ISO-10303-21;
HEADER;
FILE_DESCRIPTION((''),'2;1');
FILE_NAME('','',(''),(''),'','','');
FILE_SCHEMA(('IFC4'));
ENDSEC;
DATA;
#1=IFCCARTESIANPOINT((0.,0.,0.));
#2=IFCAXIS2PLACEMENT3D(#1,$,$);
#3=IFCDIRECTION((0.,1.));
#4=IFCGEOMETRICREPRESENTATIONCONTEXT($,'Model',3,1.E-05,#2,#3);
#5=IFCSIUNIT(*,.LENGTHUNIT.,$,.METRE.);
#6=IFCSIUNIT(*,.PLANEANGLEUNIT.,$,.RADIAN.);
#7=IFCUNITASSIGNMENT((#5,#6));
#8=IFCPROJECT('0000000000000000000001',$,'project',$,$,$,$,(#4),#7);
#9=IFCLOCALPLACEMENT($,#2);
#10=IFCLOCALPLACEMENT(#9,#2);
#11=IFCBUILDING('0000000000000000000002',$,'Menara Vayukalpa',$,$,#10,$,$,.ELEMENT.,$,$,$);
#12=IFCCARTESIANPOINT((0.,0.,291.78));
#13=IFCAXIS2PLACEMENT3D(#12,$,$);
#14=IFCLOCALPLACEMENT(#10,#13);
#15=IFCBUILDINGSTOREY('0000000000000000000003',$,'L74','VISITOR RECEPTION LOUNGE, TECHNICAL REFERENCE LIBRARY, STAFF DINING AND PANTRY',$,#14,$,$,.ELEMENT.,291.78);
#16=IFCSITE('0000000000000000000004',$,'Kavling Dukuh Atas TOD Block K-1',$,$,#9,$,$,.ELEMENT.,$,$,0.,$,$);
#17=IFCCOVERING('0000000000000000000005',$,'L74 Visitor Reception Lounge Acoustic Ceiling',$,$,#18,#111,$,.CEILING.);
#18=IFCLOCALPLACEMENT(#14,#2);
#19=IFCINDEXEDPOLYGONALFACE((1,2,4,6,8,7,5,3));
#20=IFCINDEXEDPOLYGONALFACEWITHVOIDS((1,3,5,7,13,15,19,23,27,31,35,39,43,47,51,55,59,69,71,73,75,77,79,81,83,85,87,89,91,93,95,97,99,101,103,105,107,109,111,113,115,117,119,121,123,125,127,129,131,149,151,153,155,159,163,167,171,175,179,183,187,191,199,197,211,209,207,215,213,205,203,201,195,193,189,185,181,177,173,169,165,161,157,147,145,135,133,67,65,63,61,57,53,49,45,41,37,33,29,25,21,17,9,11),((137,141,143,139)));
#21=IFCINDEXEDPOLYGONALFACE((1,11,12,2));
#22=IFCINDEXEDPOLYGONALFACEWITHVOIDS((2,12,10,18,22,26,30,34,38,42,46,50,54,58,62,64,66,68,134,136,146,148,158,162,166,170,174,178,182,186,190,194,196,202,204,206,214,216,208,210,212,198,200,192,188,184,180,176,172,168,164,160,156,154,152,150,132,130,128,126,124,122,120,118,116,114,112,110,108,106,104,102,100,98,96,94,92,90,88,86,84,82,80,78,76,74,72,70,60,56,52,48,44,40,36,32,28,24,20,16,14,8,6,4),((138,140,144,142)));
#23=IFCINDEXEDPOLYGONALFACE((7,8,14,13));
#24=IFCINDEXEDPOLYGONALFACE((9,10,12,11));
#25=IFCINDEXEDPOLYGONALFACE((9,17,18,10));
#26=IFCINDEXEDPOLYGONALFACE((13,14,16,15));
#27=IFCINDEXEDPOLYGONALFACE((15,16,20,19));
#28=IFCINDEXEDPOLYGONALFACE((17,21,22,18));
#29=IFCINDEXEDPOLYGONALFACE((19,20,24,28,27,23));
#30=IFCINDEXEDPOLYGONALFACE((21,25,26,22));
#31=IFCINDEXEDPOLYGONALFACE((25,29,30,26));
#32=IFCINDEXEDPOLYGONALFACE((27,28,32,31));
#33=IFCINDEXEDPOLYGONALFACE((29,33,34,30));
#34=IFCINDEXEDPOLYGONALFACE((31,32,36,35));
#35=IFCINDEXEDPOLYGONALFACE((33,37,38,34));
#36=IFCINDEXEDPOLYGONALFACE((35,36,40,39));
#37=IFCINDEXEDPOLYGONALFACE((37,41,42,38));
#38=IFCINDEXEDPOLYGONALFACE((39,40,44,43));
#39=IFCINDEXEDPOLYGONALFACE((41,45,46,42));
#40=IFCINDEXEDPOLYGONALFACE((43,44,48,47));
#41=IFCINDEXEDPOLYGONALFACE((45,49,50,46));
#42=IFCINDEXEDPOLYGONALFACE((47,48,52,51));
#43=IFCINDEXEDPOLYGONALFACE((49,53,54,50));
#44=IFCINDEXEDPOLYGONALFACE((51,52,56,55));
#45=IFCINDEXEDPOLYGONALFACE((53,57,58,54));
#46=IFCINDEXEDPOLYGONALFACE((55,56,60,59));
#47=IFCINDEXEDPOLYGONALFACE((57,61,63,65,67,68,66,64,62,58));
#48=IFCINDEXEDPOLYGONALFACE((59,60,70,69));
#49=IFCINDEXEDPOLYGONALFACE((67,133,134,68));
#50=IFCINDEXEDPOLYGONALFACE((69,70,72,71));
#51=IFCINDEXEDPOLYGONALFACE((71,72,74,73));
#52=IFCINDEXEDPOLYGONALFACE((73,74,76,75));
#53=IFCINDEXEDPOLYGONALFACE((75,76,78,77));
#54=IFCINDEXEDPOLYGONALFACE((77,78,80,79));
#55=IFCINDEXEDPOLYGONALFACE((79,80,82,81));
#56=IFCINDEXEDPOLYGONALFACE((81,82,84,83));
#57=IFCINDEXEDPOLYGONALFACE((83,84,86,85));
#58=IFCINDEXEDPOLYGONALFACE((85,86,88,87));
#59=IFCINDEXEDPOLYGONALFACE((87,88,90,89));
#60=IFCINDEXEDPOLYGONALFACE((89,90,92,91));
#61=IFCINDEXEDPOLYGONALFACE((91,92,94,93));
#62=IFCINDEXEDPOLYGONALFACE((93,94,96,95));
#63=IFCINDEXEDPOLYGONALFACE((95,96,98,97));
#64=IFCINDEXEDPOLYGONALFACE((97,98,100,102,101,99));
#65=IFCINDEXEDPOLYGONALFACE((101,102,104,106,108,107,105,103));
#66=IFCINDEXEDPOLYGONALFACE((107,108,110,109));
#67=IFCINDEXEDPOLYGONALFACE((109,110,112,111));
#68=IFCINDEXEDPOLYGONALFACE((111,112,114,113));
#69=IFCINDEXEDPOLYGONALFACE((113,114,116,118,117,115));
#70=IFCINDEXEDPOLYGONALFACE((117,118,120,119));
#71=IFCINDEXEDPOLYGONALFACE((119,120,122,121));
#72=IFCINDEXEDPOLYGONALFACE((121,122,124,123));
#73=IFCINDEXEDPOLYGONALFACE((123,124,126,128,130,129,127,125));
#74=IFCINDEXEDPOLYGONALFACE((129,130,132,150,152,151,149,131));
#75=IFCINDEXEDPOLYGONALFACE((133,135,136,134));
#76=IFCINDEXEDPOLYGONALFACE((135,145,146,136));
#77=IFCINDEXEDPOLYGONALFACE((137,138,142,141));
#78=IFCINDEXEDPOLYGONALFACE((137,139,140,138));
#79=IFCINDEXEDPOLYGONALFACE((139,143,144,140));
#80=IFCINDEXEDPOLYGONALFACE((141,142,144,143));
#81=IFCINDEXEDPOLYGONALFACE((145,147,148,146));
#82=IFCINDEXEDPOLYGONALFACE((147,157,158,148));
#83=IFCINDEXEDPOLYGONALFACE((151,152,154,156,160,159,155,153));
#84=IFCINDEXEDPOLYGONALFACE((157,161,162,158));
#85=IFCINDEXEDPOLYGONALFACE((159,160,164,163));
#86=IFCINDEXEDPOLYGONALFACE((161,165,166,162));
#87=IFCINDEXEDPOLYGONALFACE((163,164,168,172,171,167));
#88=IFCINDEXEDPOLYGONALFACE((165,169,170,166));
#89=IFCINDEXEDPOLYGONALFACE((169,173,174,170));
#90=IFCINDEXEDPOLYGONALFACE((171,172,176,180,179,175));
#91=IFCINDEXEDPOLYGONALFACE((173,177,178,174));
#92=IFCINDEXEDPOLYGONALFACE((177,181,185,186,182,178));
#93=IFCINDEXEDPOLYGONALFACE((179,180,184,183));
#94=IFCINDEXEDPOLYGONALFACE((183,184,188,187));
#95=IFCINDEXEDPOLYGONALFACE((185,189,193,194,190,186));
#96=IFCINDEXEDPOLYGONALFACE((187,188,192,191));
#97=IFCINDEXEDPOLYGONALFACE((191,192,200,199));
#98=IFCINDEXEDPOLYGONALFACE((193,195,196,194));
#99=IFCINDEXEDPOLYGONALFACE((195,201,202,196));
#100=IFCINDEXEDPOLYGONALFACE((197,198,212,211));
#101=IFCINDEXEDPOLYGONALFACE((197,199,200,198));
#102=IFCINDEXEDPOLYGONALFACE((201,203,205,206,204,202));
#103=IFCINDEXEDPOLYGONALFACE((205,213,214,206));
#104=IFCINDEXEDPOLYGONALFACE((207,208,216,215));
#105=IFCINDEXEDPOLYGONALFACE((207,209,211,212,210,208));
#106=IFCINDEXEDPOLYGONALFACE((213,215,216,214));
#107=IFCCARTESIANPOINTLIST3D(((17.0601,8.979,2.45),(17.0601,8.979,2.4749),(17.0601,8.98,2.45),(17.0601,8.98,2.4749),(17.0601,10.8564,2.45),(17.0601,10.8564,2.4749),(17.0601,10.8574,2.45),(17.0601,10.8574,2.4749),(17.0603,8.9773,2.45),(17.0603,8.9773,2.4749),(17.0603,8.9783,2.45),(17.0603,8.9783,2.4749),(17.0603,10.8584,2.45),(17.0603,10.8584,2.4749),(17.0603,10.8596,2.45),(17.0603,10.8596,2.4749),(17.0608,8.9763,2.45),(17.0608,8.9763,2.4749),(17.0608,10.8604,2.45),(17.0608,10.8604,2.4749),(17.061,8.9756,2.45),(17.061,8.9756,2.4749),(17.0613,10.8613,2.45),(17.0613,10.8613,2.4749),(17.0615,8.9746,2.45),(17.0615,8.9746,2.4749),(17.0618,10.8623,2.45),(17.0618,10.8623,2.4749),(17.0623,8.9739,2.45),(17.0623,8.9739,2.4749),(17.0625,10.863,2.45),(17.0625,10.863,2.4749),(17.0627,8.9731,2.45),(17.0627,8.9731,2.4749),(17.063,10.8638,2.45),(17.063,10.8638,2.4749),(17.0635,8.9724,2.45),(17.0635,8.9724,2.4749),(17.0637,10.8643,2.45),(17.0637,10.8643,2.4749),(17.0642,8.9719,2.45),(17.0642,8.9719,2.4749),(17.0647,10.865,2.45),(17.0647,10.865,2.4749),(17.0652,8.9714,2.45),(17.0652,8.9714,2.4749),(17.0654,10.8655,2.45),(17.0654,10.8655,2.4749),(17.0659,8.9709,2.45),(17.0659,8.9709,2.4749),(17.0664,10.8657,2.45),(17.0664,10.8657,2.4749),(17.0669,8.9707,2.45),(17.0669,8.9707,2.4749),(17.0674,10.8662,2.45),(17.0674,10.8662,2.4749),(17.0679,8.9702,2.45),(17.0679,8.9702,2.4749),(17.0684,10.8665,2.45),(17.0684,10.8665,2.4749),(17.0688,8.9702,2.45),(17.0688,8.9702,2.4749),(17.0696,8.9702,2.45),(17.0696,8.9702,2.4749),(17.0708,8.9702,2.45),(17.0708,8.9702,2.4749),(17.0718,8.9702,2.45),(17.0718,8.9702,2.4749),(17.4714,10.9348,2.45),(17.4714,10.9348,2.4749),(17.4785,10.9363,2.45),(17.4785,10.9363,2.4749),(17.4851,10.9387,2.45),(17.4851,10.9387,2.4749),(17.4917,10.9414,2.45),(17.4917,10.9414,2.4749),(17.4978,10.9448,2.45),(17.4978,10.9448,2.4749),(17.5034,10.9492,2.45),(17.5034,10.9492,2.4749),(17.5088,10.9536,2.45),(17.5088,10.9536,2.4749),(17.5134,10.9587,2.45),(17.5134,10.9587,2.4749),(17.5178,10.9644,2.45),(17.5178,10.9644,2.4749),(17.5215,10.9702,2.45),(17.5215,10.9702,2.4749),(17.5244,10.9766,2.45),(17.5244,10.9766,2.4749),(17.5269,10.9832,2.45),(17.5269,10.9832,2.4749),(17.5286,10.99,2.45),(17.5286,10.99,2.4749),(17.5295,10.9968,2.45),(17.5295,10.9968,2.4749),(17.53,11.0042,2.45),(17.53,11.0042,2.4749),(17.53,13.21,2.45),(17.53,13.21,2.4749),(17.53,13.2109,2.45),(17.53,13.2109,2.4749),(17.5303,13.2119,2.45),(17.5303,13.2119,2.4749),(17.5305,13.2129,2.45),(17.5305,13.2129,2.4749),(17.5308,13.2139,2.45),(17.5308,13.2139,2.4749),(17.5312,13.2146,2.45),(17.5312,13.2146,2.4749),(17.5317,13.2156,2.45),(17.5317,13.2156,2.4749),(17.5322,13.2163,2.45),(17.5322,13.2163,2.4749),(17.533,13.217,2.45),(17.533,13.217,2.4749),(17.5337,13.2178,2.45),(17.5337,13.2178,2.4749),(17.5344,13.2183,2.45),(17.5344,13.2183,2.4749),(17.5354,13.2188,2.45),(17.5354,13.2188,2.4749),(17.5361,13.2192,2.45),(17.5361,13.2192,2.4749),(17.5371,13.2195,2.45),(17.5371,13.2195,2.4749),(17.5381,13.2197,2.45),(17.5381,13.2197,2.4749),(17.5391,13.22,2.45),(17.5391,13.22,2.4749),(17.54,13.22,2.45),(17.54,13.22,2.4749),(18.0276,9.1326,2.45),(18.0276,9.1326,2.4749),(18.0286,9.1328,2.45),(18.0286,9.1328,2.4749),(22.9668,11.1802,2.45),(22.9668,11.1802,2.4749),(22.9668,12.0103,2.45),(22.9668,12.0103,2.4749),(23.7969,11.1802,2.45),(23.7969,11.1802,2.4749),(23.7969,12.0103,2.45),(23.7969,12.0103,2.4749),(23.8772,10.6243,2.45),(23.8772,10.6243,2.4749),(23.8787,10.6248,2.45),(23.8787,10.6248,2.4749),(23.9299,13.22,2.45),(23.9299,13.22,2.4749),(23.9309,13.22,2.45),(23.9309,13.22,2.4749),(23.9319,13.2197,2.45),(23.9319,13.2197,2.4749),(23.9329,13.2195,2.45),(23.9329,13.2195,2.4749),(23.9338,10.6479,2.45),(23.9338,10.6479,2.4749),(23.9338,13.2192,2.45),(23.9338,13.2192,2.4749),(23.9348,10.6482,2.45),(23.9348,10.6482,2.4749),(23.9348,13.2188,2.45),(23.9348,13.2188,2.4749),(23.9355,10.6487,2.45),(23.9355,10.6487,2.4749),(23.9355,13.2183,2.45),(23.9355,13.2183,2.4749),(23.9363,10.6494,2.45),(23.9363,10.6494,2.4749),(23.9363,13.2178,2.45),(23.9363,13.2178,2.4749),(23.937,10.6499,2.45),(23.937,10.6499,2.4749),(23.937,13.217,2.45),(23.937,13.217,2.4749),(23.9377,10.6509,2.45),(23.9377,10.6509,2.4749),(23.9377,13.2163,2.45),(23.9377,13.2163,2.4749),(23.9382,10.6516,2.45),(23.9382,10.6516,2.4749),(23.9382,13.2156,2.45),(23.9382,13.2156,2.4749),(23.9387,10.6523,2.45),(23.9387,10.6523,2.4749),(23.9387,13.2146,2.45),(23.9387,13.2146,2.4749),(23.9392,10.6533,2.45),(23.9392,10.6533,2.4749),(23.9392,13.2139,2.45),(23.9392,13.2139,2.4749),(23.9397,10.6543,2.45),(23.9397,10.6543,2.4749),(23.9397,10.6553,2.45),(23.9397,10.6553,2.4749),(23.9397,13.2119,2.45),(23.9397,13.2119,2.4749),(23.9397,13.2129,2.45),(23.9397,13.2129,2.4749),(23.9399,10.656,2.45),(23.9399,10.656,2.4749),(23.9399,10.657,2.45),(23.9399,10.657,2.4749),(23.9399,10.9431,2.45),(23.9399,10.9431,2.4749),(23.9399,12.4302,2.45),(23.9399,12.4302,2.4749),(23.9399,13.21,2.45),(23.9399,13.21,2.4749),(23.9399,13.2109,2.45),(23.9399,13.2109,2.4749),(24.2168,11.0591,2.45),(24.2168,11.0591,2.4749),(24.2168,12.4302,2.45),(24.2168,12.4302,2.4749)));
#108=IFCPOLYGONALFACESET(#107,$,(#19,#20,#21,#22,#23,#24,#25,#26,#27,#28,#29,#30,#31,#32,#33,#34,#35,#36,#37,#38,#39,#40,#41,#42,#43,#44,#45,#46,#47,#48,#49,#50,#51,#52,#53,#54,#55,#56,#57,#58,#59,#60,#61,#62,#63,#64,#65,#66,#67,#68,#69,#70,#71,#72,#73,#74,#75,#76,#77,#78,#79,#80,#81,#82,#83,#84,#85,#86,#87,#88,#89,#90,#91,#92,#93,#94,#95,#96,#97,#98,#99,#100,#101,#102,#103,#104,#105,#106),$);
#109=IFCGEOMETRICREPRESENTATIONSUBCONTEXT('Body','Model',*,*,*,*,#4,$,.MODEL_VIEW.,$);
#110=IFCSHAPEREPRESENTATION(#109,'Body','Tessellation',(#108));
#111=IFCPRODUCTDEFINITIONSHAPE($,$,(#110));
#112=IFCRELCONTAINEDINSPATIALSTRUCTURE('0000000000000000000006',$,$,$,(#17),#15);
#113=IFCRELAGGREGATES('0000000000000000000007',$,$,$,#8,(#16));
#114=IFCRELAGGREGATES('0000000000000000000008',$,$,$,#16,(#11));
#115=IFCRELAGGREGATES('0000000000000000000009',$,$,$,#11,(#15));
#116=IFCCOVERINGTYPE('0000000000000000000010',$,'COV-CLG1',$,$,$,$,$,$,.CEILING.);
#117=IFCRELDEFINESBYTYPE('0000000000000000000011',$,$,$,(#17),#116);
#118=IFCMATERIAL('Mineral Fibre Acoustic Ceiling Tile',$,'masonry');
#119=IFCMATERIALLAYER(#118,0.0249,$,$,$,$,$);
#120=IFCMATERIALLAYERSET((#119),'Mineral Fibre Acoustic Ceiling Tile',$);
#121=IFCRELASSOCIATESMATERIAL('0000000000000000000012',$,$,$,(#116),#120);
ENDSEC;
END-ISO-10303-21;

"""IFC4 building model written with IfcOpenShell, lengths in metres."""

from ifc_helpers import new_model, si_unit, direction, frame, origin, place, context, subcontext, project, spatial, polyline, outline, extrude, material, layer, layer_set, type_object, element, save


model = new_model("IFC4")

# Units and contexts
model_context = context("Model", 3, precision=1e-05, world=origin(), true_north=direction((0.0, 1.0)))
body_context = subcontext(model_context, "Body", "Model", "MODEL_VIEW")
ifc_project = project(units=[si_unit("LENGTHUNIT", "METRE"), si_unit("PLANEANGLEUNIT", "RADIAN")], contexts=[model_context])

# Site, building, storey
site_placement = place(None, origin())
site = spatial("IfcSite", under=ifc_project, at=site_placement, Name="Kavling Dukuh Atas TOD Block K-1", CompositionType="ELEMENT", RefElevation=0.0)
building_placement = place(site_placement, origin())
building = spatial("IfcBuilding", under=site, at=building_placement, Name="Menara Vayukalpa", CompositionType="ELEMENT")
storey_placement = place(building_placement, frame((0.0, 0.0, 291.78)))
storey = spatial("IfcBuildingStorey", under=building, at=storey_placement, Name="L74", Description="VISITOR RECEPTION LOUNGE, TECHNICAL REFERENCE LIBRARY, STAFF DINING AND PANTRY", CompositionType="ELEMENT", Elevation=291.78)

# Covering
ifc_material_1 = material(Name="Mineral Fibre Acoustic Ceiling Tile", Category="masonry")
ifc_layer_1 = layer(ifc_material_1, 0.0249)
ifc_layer_set_1 = layer_set([ifc_layer_1], Name="Mineral Fibre Acoustic Ceiling Tile")
covering_type_1 = type_object("IfcCoveringType", Name="COV-CLG1", PredefinedType="CEILING", material=ifc_layer_set_1)
covering_1_placement = place(storey_placement, frame((0.0, 0.0, 2.45)))
element("IfcCovering", 1, at=covering_1_placement, inside=storey, type_object=covering_type_1, Name="L74 Visitor Reception Lounge Acoustic Ceiling", PredefinedType="CEILING", context=body_context, shape_type="SweptSolid", body=[
    extrude(outline(polyline([(18.0286, 9.1328), (18.0276, 9.1326), (17.0718, 8.9702), (17.0708, 8.9702), (17.0696, 8.9702), (17.0688, 8.9702), (17.0679, 8.9702), (17.0669, 8.9707), (17.0659, 8.9709), (17.0652, 8.9714), (17.0642, 8.9719), (17.0635, 8.9724), (17.0627, 8.9731), (17.0623, 8.9739), (17.0615, 8.9746), (17.061, 8.9756), (17.0608, 8.9763), (17.0603, 8.9773), (17.0603, 8.9783), (17.0601, 8.979), (17.0601, 8.98), (17.0601, 10.8564), (17.0601, 10.8574), (17.0603, 10.8584), (17.0603, 10.8596), (17.0608, 10.8604), (17.0613, 10.8613), (17.0618, 10.8623), (17.0625, 10.863), (17.063, 10.8638), (17.0637, 10.8643), (17.0647, 10.865), (17.0654, 10.8655), (17.0664, 10.8657), (17.0674, 10.8662), (17.0684, 10.8665), (17.4714, 10.9348), (17.4785, 10.9363), (17.4851, 10.9387), (17.4917, 10.9414), (17.4978, 10.9448), (17.5034, 10.9492), (17.5088, 10.9536), (17.5134, 10.9587), (17.5178, 10.9644), (17.5215, 10.9702), (17.5244, 10.9766), (17.5269, 10.9832), (17.5286, 10.99), (17.5295, 10.9968), (17.53, 11.0042), (17.53, 13.21), (17.53, 13.2109), (17.5303, 13.2119), (17.5305, 13.2129), (17.5308, 13.2139), (17.5312, 13.2146), (17.5317, 13.2156), (17.5322, 13.2163), (17.533, 13.217), (17.5337, 13.2178), (17.5344, 13.2183), (17.5354, 13.2188), (17.5361, 13.2192), (17.5371, 13.2195), (17.5381, 13.2197), (17.5391, 13.22), (17.54, 13.22), (23.9299, 13.22), (23.9309, 13.22), (23.9319, 13.2197), (23.9329, 13.2195), (23.9338, 13.2192), (23.9348, 13.2188), (23.9355, 13.2183), (23.9363, 13.2178), (23.937, 13.217), (23.9377, 13.2163), (23.9382, 13.2156), (23.9387, 13.2146), (23.9392, 13.2139), (23.9397, 13.2129), (23.9397, 13.2119), (23.9399, 13.2109), (23.9399, 13.21), (23.9399, 12.4302), (24.2168, 12.4302), (24.2168, 11.0591), (23.9399, 10.9431), (23.9399, 10.657), (23.9399, 10.656), (23.9397, 10.6553), (23.9397, 10.6543), (23.9392, 10.6533), (23.9387, 10.6523), (23.9382, 10.6516), (23.9377, 10.6509), (23.937, 10.6499), (23.9363, 10.6494), (23.9355, 10.6487), (23.9348, 10.6482), (23.9338, 10.6479), (23.8787, 10.6248), (23.8772, 10.6243), (18.0286, 9.1328)]), holes=[polyline([(23.7969, 12.0103), (22.9668, 12.0103), (22.9668, 11.1802), (23.7969, 11.1802), (23.7969, 12.0103)])]), origin(), (0.0, 0.0, 1.0), 0.0249),
])

save(model, "model.ifc")
